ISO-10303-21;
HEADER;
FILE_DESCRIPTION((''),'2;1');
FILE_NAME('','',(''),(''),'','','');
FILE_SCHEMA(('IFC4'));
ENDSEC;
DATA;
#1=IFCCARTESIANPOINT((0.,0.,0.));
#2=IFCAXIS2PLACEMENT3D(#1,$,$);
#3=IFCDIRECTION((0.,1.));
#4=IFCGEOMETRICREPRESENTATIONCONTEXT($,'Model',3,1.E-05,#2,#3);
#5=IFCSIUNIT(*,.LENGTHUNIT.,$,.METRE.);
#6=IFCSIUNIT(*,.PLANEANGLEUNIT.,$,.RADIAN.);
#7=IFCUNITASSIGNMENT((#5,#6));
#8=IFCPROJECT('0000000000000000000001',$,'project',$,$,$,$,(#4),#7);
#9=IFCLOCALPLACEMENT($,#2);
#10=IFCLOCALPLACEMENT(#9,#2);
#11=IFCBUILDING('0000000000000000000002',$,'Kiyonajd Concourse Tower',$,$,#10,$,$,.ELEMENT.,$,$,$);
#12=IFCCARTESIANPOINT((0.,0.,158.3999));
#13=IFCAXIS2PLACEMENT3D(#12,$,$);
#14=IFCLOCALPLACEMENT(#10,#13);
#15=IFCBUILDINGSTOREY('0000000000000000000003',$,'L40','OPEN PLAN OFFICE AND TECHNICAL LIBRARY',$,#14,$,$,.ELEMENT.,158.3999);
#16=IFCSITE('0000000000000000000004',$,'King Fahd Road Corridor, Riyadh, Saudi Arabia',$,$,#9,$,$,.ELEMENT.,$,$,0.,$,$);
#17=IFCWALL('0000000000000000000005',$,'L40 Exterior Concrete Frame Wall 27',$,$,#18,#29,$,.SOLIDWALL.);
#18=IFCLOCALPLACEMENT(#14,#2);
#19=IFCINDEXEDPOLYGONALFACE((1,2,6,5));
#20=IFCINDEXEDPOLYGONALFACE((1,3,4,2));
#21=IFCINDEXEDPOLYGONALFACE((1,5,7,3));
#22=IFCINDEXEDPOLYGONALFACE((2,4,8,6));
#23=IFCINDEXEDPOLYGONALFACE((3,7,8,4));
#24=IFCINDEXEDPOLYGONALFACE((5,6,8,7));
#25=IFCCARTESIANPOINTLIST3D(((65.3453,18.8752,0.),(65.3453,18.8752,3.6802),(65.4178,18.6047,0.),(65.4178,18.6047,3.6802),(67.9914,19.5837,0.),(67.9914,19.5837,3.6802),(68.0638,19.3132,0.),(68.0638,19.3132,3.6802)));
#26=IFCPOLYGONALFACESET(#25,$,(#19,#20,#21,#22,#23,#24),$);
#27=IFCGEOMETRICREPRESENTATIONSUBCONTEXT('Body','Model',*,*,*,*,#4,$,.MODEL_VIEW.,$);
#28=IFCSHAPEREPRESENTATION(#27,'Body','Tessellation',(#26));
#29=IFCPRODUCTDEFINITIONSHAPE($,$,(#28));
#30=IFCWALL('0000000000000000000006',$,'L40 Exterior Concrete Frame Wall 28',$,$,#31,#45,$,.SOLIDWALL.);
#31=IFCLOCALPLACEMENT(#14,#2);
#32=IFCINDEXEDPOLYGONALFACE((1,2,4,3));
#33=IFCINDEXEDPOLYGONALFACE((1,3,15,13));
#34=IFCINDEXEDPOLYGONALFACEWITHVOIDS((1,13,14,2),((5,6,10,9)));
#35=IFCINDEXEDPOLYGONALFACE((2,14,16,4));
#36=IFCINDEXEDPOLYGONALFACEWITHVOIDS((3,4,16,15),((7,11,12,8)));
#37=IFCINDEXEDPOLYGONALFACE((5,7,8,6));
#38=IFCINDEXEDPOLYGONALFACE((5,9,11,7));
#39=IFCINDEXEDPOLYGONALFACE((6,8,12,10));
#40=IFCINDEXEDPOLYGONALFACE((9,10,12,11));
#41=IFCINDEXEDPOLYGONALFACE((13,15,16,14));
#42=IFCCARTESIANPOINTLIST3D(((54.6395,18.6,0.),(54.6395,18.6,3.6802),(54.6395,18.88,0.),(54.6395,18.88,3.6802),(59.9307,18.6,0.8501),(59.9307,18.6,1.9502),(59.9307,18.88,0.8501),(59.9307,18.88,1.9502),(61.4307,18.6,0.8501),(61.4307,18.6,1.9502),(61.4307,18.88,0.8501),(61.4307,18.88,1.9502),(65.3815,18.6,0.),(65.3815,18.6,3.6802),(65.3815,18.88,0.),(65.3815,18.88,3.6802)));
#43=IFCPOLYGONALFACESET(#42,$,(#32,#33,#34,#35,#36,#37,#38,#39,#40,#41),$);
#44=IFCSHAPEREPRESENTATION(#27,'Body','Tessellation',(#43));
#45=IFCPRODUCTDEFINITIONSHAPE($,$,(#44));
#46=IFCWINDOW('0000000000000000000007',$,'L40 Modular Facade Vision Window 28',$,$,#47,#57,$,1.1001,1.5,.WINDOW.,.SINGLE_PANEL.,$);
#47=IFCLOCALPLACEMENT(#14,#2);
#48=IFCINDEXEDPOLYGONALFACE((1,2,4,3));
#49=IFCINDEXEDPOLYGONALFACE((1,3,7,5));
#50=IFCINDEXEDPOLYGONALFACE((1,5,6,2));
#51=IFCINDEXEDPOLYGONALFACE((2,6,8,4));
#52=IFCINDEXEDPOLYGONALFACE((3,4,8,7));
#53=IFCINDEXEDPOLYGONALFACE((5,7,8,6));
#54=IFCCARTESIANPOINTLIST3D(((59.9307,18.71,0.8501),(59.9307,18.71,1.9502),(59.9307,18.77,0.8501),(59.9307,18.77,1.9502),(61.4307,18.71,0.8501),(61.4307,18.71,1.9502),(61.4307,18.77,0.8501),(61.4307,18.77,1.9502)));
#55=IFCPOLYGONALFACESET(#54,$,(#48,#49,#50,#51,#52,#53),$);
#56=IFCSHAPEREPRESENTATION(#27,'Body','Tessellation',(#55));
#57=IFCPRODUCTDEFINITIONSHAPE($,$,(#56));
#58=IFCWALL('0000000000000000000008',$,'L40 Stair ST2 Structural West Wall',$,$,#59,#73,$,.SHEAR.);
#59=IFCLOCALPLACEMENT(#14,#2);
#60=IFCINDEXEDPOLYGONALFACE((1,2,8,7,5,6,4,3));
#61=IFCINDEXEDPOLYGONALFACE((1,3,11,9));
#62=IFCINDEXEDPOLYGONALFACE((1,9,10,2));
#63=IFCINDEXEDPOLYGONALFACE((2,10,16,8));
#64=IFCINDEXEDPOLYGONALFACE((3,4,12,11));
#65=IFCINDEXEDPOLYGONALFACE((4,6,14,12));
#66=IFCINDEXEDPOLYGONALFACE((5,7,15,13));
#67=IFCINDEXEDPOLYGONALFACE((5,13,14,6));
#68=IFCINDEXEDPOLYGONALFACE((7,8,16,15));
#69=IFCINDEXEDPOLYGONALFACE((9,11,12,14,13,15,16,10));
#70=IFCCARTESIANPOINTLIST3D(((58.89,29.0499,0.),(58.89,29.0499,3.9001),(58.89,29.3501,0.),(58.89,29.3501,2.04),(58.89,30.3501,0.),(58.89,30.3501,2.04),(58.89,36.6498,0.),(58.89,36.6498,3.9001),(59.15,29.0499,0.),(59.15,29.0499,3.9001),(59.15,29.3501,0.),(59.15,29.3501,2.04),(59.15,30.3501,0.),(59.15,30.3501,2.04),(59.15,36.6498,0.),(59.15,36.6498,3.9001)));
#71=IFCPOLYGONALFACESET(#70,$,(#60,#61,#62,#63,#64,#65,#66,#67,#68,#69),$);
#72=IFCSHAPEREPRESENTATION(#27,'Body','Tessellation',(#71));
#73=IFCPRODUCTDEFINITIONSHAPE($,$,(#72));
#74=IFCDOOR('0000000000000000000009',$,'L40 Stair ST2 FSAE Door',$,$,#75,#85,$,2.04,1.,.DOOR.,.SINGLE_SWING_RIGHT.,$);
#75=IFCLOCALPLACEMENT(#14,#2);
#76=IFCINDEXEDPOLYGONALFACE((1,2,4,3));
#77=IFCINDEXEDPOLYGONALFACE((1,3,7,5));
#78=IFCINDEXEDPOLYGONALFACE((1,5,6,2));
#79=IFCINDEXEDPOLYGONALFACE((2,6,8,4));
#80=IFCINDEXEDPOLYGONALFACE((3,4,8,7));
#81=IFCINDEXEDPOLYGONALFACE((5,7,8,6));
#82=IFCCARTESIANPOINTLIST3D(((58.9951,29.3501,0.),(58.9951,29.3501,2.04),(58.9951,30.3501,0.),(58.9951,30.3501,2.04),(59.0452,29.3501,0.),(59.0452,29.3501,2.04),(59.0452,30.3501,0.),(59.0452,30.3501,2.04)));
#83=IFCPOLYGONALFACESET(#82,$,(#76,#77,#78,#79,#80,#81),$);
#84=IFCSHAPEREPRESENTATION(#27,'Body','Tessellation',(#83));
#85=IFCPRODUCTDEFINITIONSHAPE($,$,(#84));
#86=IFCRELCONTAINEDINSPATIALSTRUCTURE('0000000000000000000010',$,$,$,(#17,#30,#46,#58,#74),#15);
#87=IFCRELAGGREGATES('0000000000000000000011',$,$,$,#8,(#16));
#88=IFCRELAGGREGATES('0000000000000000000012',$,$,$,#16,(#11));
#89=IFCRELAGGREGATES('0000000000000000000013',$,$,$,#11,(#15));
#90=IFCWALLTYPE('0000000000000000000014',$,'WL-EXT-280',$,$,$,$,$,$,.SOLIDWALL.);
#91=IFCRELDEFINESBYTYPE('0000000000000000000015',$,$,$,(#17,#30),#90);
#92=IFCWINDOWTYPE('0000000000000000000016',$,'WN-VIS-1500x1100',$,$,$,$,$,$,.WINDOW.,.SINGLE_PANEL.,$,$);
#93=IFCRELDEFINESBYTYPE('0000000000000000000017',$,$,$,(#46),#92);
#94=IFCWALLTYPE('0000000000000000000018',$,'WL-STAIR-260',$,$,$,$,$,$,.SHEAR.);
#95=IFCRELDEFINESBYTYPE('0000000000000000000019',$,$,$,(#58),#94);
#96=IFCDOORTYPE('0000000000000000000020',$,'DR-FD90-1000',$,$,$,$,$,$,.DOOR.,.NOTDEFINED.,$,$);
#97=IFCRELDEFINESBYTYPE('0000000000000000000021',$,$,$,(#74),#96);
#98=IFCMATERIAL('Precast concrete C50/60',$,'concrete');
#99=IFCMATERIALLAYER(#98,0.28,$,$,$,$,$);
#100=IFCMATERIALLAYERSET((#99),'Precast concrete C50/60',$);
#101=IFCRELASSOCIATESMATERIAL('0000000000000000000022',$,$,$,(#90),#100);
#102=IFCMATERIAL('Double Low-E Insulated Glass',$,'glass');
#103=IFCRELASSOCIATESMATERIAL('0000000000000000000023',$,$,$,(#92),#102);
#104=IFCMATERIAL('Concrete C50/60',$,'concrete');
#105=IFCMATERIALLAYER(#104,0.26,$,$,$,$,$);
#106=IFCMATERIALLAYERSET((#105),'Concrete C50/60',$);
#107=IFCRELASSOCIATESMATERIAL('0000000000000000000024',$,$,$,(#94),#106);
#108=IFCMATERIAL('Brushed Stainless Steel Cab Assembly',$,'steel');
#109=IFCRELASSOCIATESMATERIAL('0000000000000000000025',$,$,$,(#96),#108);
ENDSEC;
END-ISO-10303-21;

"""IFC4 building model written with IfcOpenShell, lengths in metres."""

from ifc_helpers import new_model, si_unit, direction, frame, frame_2d, origin, place, context, subcontext, project, spatial, rectangle, extrude, material, layer, layer_set, type_object, element, fill, save


model = new_model("IFC4")

# Units and contexts
model_context = context("Model", 3, precision=1e-05, world=origin(), true_north=direction((0.0, 1.0)))
body_context = subcontext(model_context, "Body", "Model", "MODEL_VIEW")
ifc_project = project(units=[si_unit("LENGTHUNIT", "METRE"), si_unit("PLANEANGLEUNIT", "RADIAN")], contexts=[model_context])

# Site, building, storey
site_placement = place(None, origin())
site = spatial("IfcSite", under=ifc_project, at=site_placement, Name="King Fahd Road Corridor, Riyadh, Saudi Arabia", CompositionType="ELEMENT", RefElevation=0.0)
building_placement = place(site_placement, origin())
building = spatial("IfcBuilding", under=site, at=building_placement, Name="Kiyonajd Concourse Tower", CompositionType="ELEMENT")
storey_placement = place(building_placement, frame((0.0, 0.0, 158.3999)))
storey = spatial("IfcBuildingStorey", under=building, at=storey_placement, Name="L40", Description="OPEN PLAN OFFICE AND TECHNICAL LIBRARY", CompositionType="ELEMENT", Elevation=158.3999)

# Shared definitions
ifc_material_1 = material(Name="Double Low-E Insulated Glass", Category="glass")

# Wall
ifc_material_2 = material(Name="Precast concrete C50/60", Category="concrete")
ifc_layer_1 = layer(ifc_material_2, 0.28)
ifc_layer_set_1 = layer_set([ifc_layer_1], Name="Precast concrete C50/60")
wall_type_1 = type_object("IfcWallType", Name="WL-EXT-280", PredefinedType="SOLIDWALL", material=ifc_layer_set_1)
wall_1_placement = place(storey_placement, frame((68.0276, 19.4485, 0.0), z_axis=(0.0, 0.0, 1.0), x_axis=(-0.965971, -0.25865, 0.0)))
element("IfcWall", 1, at=wall_1_placement, inside=storey, type_object=wall_type_1, Name="L40 Exterior Concrete Frame Wall 27", PredefinedType="SOLIDWALL", context=body_context, shape_type="SweptSolid", body=[
    extrude(rectangle(XDim=2.7393, YDim=0.28, at=frame_2d((1.3696, 0.0))), origin(), (0.0, 0.0, 1.0), 3.6802),
])

# Wall, opening, window
wall_2_placement = place(storey_placement, frame((65.3816, 18.74, 0.0), z_axis=(0.0, 0.0, 1.0), x_axis=(-1.0, 0.0, 0.0)))
wall_2 = element("IfcWall", 2, at=wall_2_placement, inside=storey, type_object=wall_type_1, Name="L40 Exterior Concrete Frame Wall 28", PredefinedType="SOLIDWALL", context=body_context, shape_type="SweptSolid", body=[
    extrude(rectangle(XDim=10.7419, YDim=0.28, at=frame_2d((5.3711, 0.0))), origin(), (0.0, 0.0, 1.0), 3.6802),
])
opening_1_placement = place(wall_2_placement, frame((3.9509, 0.0, 0.8501)))
opening_1 = element("IfcOpeningElement", 3, at=opening_1_placement, cuts=wall_2, PredefinedType="OPENING", context=body_context, shape_type="SweptSolid", body=[
    extrude(rectangle(XDim=1.5, YDim=1.1001, at=frame_2d((0.75, 0.55))), frame((0.0, 0.1499, 0.0), z_axis=(0.0, -1.0, 0.0), x_axis=(1.0, 0.0, 0.0)), (0.0, 0.0, 1.0), 0.3),
])
window_type = type_object("IfcWindowType", Name="WN-VIS-1500x1100", PartitioningType="SINGLE_PANEL", PredefinedType="WINDOW", material=ifc_material_1)
window_placement = place(opening_1_placement, origin())
window = element("IfcWindow", 4, at=window_placement, inside=storey, type_object=window_type, Name="L40 Modular Facade Vision Window 28", OverallHeight=1.1001, OverallWidth=1.5, PartitioningType="SINGLE_PANEL", PredefinedType="WINDOW", context=body_context, shape_type="SweptSolid", body=[
    extrude(rectangle(XDim=1.5, YDim=1.1001, at=frame_2d((0.75, 0.55))), frame((0.0, 0.03, 0.0), z_axis=(0.0, -1.0, 0.0), x_axis=(1.0, 0.0, 0.0)), (0.0, 0.0, 1.0), 0.0601),
])
fill(opening_1, window)

# Wall, opening, door
ifc_material_3 = material(Name="Concrete C50/60", Category="concrete")
ifc_layer_2 = layer(ifc_material_3, 0.26)
ifc_layer_set_2 = layer_set([ifc_layer_2], Name="Concrete C50/60")
wall_type_2 = type_object("IfcWallType", Name="WL-STAIR-260", PredefinedType="SHEAR", material=ifc_layer_set_2)
wall_3_placement = place(storey_placement, frame((59.02, 29.05, 0.0), z_axis=(0.0, 0.0, 1.0), x_axis=(0.0, 1.0, 0.0)))
wall_3 = element("IfcWall", 5, at=wall_3_placement, inside=storey, type_object=wall_type_2, Name="L40 Stair ST2 Structural West Wall", PredefinedType="SHEAR", context=body_context, shape_type="SweptSolid", body=[
    extrude(rectangle(XDim=7.5999, YDim=0.26, at=frame_2d((3.7998, 0.0))), origin(), (0.0, 0.0, 1.0), 3.9001),
])
opening_2_placement = place(wall_3_placement, frame((0.3, 0.0, 0.0)))
opening_2 = element("IfcOpeningElement", 6, at=opening_2_placement, cuts=wall_3, PredefinedType="OPENING", context=body_context, shape_type="SweptSolid", body=[
    extrude(rectangle(XDim=1.0, YDim=2.04, at=frame_2d((0.5, 1.02))), frame((0.0, 0.1399, 0.0), z_axis=(0.0, -1.0, 0.0), x_axis=(1.0, 0.0, 0.0)), (0.0, 0.0, 1.0), 0.28),
])
ifc_material_4 = material(Name="Brushed Stainless Steel Cab Assembly", Category="steel")
door_type = type_object("IfcDoorType", Name="DR-FD90-1000", OperationType="NOTDEFINED", PredefinedType="DOOR", material=ifc_material_4)
door_placement = place(opening_2_placement, origin())
door = element("IfcDoor", 7, at=door_placement, inside=storey, type_object=door_type, Name="L40 Stair ST2 FSAE Door", OperationType="SINGLE_SWING_RIGHT", OverallHeight=2.04, OverallWidth=1.0, PredefinedType="DOOR", context=body_context, shape_type="SweptSolid", body=[
    extrude(rectangle(XDim=1.0, YDim=2.04, at=frame_2d((0.5, 1.02))), frame((0.0, 0.0249, 0.0), z_axis=(0.0, -1.0, 0.0), x_axis=(1.0, 0.0, 0.0)), (0.0, 0.0, 1.0), 0.05),
])
fill(opening_2, door)

save(model, "model.ifc")
